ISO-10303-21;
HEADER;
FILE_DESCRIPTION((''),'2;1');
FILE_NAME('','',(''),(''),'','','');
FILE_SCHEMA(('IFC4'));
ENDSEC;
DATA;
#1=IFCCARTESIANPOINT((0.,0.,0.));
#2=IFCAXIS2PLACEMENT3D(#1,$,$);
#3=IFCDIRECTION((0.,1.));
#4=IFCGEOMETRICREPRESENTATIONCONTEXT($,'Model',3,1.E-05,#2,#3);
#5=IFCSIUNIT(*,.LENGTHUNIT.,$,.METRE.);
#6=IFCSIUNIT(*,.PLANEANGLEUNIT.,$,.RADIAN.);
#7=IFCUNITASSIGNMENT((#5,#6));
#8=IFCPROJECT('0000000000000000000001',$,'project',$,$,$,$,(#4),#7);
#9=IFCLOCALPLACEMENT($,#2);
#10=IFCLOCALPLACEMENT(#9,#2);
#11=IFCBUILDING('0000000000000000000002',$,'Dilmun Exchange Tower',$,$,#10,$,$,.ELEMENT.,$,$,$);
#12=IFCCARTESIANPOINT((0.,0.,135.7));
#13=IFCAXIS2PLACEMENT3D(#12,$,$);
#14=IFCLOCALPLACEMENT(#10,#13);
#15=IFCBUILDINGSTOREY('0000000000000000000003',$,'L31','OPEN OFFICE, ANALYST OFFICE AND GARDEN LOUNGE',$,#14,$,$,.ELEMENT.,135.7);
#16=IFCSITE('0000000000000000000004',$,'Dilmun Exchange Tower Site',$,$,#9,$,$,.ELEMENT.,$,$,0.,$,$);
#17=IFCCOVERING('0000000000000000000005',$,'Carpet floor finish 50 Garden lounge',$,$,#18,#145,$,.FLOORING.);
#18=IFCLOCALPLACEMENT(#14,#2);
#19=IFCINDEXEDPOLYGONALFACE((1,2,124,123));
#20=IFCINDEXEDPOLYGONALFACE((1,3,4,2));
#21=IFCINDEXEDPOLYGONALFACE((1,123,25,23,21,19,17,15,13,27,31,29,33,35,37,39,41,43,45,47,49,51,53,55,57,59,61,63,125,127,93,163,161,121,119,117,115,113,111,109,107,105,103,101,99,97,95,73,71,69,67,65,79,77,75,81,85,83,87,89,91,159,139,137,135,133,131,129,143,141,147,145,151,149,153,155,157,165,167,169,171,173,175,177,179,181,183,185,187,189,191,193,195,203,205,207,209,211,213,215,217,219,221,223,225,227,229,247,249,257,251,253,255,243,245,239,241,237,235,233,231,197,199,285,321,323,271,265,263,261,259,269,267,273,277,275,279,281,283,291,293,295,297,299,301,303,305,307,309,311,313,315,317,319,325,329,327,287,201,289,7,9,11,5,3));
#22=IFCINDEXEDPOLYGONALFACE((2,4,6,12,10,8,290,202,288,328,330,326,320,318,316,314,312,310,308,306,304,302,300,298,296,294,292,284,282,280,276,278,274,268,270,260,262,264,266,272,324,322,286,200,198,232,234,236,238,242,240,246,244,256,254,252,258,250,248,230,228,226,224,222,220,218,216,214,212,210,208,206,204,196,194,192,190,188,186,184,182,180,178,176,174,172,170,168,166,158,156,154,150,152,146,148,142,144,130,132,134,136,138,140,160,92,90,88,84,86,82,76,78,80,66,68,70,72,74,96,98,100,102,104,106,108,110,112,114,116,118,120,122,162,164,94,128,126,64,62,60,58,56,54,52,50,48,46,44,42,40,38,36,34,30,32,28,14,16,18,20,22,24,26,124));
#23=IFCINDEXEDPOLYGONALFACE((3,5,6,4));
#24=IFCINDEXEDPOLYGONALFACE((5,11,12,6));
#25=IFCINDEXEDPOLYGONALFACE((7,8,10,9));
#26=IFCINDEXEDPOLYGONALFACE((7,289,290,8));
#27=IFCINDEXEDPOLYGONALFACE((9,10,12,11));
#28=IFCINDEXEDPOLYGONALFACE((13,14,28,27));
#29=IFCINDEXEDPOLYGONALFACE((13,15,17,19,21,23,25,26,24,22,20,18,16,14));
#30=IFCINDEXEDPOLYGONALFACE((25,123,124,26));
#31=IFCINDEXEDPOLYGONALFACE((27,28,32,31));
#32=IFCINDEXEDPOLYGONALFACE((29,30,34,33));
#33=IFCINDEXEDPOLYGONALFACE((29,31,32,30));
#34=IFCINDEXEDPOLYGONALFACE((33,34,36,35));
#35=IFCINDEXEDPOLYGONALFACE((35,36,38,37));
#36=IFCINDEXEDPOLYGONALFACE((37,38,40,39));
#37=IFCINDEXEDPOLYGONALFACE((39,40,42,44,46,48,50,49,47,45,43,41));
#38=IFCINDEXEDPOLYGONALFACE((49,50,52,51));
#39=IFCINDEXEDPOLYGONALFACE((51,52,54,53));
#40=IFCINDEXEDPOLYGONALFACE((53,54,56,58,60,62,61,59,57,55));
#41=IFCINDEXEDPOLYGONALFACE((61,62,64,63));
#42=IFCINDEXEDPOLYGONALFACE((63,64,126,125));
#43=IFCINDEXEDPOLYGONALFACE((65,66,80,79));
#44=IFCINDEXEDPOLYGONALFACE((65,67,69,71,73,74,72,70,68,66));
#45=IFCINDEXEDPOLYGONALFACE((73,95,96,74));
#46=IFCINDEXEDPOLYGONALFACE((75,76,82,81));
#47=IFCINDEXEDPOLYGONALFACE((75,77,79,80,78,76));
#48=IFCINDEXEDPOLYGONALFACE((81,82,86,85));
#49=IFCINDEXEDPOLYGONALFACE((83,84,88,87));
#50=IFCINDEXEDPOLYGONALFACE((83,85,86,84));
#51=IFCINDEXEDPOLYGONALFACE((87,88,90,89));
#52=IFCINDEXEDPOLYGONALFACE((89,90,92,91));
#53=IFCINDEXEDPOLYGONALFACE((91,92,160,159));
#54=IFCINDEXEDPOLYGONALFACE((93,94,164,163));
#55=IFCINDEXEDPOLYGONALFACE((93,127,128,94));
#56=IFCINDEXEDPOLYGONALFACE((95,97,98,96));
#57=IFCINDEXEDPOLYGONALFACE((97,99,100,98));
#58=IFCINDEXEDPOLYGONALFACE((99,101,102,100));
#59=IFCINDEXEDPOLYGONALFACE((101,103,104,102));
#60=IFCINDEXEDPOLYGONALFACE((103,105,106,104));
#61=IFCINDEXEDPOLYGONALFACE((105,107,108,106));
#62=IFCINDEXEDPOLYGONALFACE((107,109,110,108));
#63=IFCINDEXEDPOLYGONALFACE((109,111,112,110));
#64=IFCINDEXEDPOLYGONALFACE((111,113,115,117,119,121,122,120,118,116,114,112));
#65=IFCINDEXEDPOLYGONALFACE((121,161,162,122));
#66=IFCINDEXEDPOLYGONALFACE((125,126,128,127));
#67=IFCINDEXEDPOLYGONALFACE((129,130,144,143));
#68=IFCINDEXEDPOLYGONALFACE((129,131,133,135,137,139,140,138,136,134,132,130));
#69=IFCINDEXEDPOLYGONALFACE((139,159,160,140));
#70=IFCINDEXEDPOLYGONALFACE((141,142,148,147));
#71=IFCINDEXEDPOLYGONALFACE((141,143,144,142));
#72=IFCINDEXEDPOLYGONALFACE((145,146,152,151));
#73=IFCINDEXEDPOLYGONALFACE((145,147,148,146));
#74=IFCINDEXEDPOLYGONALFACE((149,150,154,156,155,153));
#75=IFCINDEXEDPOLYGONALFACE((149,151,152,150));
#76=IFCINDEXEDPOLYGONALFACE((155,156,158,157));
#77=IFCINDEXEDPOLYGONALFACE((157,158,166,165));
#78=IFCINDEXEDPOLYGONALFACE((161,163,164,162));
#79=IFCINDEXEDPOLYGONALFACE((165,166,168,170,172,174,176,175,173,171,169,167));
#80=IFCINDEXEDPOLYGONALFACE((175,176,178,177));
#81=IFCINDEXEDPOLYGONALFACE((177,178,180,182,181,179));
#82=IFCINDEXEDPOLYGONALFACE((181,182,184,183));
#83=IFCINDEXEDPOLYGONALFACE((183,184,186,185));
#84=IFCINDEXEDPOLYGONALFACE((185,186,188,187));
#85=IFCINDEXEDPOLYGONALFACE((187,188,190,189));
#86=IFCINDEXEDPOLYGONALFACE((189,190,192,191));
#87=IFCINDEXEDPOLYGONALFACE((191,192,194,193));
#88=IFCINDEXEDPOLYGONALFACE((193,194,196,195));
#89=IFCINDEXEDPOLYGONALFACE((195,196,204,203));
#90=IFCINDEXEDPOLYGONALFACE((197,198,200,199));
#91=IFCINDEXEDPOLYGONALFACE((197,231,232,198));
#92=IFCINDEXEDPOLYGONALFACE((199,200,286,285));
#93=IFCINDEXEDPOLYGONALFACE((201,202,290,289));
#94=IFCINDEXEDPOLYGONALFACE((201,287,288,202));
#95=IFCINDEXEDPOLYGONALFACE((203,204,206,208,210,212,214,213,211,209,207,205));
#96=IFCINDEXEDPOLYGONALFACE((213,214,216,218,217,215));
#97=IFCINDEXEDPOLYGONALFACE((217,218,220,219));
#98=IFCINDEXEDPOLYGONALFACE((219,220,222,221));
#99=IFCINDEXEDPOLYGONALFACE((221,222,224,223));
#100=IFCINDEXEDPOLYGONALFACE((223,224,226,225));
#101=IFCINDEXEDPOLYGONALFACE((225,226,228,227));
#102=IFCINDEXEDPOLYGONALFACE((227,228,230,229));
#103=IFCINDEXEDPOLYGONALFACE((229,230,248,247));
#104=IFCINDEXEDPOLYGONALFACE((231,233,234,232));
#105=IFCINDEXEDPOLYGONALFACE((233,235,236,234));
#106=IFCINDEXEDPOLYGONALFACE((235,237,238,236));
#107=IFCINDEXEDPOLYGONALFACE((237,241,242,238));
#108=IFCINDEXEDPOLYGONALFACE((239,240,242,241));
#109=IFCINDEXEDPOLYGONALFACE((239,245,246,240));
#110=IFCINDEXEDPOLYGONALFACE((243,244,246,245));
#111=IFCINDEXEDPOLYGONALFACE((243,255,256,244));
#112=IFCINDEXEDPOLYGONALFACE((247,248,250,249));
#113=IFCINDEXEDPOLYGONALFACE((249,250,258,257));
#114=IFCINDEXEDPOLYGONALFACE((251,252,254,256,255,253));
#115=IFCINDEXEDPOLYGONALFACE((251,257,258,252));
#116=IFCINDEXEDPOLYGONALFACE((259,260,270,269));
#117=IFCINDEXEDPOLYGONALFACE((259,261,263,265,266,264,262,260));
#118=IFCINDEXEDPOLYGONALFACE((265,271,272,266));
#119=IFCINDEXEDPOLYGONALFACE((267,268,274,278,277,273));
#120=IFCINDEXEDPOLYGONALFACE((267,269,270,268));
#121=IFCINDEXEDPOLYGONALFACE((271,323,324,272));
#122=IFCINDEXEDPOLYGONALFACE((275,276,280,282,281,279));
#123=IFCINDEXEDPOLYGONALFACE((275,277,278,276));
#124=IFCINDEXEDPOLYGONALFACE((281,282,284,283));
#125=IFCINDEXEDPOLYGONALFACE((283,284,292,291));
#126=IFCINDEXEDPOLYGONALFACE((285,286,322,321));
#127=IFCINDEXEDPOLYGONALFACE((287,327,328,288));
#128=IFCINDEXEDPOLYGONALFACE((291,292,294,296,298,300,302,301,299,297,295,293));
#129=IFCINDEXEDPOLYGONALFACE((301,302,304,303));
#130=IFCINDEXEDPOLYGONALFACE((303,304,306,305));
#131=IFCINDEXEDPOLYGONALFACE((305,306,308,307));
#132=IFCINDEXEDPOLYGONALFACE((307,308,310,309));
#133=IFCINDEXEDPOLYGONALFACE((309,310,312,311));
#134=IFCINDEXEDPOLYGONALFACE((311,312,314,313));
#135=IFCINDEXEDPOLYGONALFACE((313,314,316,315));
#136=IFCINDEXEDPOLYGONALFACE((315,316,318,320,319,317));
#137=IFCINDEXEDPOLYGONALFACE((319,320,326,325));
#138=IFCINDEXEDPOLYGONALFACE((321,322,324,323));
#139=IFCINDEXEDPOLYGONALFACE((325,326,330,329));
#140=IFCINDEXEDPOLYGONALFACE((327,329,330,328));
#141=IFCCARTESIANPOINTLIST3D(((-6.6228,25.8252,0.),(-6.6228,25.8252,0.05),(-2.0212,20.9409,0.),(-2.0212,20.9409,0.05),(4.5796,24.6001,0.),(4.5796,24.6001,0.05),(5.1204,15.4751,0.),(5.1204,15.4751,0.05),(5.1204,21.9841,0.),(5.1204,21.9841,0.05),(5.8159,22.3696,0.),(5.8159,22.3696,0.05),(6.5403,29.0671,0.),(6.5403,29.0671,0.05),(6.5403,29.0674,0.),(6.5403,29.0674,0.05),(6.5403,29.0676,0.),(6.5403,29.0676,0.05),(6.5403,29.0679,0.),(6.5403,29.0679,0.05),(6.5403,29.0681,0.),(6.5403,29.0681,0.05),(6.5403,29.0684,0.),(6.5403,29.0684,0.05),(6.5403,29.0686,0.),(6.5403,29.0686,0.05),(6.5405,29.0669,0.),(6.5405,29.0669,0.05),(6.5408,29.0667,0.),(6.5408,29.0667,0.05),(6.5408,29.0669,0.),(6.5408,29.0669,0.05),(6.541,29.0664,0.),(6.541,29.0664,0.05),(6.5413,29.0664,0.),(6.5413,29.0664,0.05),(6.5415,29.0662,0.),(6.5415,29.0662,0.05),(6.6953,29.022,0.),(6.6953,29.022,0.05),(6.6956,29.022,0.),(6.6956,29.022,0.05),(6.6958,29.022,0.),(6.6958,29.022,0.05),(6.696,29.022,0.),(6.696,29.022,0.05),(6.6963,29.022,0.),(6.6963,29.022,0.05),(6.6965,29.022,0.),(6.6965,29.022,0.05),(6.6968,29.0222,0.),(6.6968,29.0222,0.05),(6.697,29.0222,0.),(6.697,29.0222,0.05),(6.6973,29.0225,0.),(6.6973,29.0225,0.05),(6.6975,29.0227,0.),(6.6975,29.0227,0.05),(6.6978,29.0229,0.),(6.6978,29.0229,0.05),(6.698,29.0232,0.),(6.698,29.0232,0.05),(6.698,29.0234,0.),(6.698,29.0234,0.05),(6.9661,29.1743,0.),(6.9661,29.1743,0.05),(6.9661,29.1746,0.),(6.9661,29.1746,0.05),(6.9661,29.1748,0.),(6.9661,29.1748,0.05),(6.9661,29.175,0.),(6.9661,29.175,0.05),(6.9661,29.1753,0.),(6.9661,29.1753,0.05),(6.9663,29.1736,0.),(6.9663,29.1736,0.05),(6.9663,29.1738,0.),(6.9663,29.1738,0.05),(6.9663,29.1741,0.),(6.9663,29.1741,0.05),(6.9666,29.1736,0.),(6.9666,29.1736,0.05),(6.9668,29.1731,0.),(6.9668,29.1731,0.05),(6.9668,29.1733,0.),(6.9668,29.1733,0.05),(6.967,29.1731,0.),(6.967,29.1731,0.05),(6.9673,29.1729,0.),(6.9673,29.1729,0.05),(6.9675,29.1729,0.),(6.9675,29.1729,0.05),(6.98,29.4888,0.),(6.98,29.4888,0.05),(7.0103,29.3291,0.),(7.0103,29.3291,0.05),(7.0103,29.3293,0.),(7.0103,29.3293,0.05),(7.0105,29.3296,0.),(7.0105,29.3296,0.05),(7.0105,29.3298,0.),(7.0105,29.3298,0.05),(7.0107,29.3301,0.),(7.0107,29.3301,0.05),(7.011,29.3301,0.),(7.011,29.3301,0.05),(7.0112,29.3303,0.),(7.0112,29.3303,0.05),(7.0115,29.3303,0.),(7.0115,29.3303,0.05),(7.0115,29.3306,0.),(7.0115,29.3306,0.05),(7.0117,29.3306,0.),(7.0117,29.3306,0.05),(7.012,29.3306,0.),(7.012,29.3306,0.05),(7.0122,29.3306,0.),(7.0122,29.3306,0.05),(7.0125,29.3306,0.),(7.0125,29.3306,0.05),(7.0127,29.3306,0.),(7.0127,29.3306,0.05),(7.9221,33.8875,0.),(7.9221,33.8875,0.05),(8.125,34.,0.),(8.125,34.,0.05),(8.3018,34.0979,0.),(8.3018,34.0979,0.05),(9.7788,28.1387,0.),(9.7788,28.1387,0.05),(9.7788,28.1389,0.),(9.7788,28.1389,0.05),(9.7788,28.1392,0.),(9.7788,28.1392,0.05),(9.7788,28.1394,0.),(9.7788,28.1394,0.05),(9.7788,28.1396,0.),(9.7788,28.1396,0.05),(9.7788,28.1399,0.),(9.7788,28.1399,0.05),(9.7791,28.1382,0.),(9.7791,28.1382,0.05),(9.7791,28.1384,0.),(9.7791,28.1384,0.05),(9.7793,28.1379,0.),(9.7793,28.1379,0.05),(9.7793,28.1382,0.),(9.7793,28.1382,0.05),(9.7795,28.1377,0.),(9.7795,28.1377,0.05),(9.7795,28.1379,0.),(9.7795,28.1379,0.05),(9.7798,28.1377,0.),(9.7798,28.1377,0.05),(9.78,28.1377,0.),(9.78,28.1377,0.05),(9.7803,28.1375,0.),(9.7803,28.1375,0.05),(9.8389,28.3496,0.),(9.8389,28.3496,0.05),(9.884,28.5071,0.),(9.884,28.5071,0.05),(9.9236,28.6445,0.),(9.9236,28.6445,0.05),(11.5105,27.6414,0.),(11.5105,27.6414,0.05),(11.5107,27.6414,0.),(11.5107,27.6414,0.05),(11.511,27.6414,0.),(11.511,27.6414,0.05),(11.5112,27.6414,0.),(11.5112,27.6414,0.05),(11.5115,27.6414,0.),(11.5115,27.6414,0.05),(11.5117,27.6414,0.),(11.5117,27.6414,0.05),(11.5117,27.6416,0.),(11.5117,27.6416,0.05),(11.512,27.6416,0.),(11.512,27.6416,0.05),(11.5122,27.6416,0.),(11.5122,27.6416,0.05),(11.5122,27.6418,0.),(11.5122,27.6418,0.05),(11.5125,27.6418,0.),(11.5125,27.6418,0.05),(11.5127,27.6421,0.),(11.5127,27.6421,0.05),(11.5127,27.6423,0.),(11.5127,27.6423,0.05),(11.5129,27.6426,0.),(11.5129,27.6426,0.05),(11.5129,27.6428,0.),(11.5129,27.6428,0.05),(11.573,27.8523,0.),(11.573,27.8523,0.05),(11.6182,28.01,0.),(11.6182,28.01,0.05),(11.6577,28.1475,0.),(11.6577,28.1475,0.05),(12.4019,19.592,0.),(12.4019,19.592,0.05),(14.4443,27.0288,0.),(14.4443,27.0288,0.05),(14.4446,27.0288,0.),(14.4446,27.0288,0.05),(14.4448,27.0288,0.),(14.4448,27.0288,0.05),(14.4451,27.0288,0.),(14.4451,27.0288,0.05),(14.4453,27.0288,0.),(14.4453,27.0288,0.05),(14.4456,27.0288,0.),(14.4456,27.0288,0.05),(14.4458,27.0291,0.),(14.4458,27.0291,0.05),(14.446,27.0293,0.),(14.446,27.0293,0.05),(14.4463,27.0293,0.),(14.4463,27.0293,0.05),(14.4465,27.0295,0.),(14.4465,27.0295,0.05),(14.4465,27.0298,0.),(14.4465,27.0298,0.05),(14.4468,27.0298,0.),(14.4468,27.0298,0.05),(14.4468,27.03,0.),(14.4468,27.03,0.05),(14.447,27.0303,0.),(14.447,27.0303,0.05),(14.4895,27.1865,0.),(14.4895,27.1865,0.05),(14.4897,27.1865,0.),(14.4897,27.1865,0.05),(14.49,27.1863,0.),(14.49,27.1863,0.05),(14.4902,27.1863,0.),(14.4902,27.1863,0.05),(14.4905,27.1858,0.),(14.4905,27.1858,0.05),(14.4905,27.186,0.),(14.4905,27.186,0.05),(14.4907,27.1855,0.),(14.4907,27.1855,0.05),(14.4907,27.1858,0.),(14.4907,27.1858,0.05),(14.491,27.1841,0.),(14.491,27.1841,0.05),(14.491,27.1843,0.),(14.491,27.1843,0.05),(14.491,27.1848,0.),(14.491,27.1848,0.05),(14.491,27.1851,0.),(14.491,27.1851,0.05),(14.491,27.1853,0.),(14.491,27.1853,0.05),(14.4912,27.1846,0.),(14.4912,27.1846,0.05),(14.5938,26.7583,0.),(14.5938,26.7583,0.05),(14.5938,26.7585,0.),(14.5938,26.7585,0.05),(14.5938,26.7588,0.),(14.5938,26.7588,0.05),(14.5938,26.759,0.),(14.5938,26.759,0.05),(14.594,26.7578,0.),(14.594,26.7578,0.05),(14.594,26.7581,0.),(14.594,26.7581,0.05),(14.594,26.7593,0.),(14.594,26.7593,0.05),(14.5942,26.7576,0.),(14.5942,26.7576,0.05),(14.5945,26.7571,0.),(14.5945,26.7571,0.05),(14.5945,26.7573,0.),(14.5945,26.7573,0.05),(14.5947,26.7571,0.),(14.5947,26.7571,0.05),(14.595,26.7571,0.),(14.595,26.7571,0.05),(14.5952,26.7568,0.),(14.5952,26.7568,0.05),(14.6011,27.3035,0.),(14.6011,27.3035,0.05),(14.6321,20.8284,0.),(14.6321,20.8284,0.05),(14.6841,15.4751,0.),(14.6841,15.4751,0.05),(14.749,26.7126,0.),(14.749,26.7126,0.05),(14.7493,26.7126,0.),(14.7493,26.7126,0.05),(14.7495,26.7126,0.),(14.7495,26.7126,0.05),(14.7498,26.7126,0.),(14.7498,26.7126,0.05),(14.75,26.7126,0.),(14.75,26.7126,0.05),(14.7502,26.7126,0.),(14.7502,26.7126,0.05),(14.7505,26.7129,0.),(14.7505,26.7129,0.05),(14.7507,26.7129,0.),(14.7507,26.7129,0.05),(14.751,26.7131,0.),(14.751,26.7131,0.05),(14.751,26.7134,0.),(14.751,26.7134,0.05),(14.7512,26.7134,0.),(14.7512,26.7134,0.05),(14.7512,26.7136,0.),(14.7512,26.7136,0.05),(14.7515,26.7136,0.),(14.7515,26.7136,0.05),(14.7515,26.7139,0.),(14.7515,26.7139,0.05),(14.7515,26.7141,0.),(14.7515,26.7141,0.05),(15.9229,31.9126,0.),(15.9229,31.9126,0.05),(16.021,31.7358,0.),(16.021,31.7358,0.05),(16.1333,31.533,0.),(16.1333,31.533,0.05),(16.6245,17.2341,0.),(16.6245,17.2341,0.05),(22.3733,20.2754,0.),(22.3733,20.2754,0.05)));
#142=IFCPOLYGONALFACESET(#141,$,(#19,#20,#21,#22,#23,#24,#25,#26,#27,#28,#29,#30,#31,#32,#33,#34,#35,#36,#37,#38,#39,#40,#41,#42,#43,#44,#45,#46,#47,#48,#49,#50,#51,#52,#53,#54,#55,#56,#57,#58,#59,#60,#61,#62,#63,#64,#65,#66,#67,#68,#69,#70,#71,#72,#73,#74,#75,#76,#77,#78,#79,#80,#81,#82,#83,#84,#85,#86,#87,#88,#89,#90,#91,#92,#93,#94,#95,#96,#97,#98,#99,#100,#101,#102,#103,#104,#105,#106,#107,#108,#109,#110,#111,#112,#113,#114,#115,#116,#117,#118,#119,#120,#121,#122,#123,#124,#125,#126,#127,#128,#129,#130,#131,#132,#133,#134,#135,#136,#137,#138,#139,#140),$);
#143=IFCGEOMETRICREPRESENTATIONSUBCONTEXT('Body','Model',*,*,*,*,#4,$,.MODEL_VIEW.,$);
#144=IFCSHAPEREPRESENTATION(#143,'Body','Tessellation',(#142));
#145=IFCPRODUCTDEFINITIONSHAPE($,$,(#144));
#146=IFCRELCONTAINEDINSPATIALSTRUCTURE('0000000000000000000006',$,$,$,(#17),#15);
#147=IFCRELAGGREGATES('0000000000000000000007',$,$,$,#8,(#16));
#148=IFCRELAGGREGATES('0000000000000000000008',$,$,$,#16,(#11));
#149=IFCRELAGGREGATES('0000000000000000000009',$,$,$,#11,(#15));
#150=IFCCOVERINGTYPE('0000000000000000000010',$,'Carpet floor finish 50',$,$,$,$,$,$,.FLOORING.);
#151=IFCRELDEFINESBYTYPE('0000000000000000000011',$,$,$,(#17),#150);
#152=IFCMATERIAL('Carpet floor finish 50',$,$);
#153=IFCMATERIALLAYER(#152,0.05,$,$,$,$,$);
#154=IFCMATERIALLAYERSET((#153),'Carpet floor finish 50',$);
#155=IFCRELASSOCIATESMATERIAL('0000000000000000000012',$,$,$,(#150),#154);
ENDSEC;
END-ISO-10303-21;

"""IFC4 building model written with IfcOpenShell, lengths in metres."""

from ifc_helpers import new_model, si_unit, direction, frame, origin, place, context, subcontext, project, spatial, polyline, outline, extrude, material, layer, layer_set, type_object, element, save


model = new_model("IFC4")

# Units and contexts
model_context = context("Model", 3, precision=1e-05, world=origin(), true_north=direction((0.0, 1.0)))
body_context = subcontext(model_context, "Body", "Model", "MODEL_VIEW")
ifc_project = project(units=[si_unit("LENGTHUNIT", "METRE"), si_unit("PLANEANGLEUNIT", "RADIAN")], contexts=[model_context])

# Site, building, storey
site_placement = place(None, origin())
site = spatial("IfcSite", under=ifc_project, at=site_placement, Name="Dilmun Exchange Tower Site", CompositionType="ELEMENT", RefElevation=0.0)
building_placement = place(site_placement, origin())
building = spatial("IfcBuilding", under=site, at=building_placement, Name="Dilmun Exchange Tower", CompositionType="ELEMENT")
storey_placement = place(building_placement, frame((0.0, 0.0, 135.7)))
storey = spatial("IfcBuildingStorey", under=building, at=storey_placement, Name="L31", Description="OPEN OFFICE, ANALYST OFFICE AND GARDEN LOUNGE", CompositionType="ELEMENT", Elevation=135.7)

# Covering
ifc_material_1 = material(Name="Carpet floor finish 50")
ifc_layer_1 = layer(ifc_material_1, 0.05)
ifc_layer_set_1 = layer_set([ifc_layer_1], Name="Carpet floor finish 50")
covering_type_1 = type_object("IfcCoveringType", Name="Carpet floor finish 50", PredefinedType="FLOORING", material=ifc_layer_set_1)
covering_1_placement = place(storey_placement, origin())
element("IfcCovering", 1, at=covering_1_placement, inside=storey, type_object=covering_type_1, Name="Carpet floor finish 50 Garden lounge", PredefinedType="FLOORING", context=body_context, shape_type="SweptSolid", body=[
    extrude(outline(polyline([(14.6321, 20.8284), (12.4019, 19.592), (14.6841, 15.4751), (5.1204, 15.4751), (5.1204, 21.9841), (5.8159, 22.3696), (4.5796, 24.6001), (-2.0212, 20.9409), (-6.6228, 25.8252), (7.9221, 33.8875), (6.5403, 29.0686), (6.5403, 29.0684), (6.5403, 29.0681), (6.5403, 29.0681), (6.5403, 29.0679), (6.5403, 29.0676), (6.5403, 29.0674), (6.5403, 29.0674), (6.5403, 29.0671), (6.5405, 29.0669), (6.5408, 29.0669), (6.5408, 29.0667), (6.541, 29.0664), (6.541, 29.0664), (6.5413, 29.0664), (6.5415, 29.0662), (6.5415, 29.0662), (6.6953, 29.022), (6.6956, 29.022), (6.6958, 29.022), (6.696, 29.022), (6.6963, 29.022), (6.6963, 29.022), (6.6965, 29.022), (6.6968, 29.0222), (6.697, 29.0222), (6.697, 29.0222), (6.6973, 29.0225), (6.6975, 29.0227), (6.6975, 29.0227), (6.6978, 29.0229), (6.6978, 29.0229), (6.698, 29.0232), (6.698, 29.0234), (8.125, 34.0), (8.3018, 34.0979), (6.98, 29.4888), (9.9236, 28.6445), (9.884, 28.5071), (7.0127, 29.3306), (7.0125, 29.3306), (7.0122, 29.3306), (7.0122, 29.3306), (7.012, 29.3306), (7.0117, 29.3306), (7.0115, 29.3306), (7.0115, 29.3303), (7.0112, 29.3303), (7.011, 29.3301), (7.011, 29.3301), (7.0107, 29.3301), (7.0105, 29.3298), (7.0105, 29.3296), (7.0105, 29.3296), (7.0103, 29.3293), (7.0103, 29.3291), (6.9661, 29.1753), (6.9661, 29.1753), (6.9661, 29.175), (6.9661, 29.1748), (6.9661, 29.1746), (6.9661, 29.1743), (6.9661, 29.1743), (6.9663, 29.1741), (6.9663, 29.1738), (6.9663, 29.1736), (6.9666, 29.1736), (6.9668, 29.1733), (6.9668, 29.1731), (6.967, 29.1731), (6.967, 29.1731), (6.9673, 29.1729), (6.9675, 29.1729), (9.8389, 28.3496), (9.7788, 28.1399), (9.7788, 28.1399), (9.7788, 28.1396), (9.7788, 28.1394), (9.7788, 28.1392), (9.7788, 28.1389), (9.7788, 28.1389), (9.7788, 28.1387), (9.7791, 28.1384), (9.7791, 28.1382), (9.7793, 28.1382), (9.7793, 28.1379), (9.7795, 28.1379), (9.7795, 28.1377), (9.7798, 28.1377), (9.78, 28.1377), (9.7803, 28.1375), (11.5105, 27.6414), (11.5107, 27.6414), (11.511, 27.6414), (11.511, 27.6414), (11.5112, 27.6414), (11.5115, 27.6414), (11.5117, 27.6414), (11.5117, 27.6416), (11.512, 27.6416), (11.5122, 27.6416), (11.5122, 27.6418), (11.5125, 27.6418), (11.5127, 27.6421), (11.5127, 27.6421), (11.5127, 27.6423), (11.5129, 27.6426), (11.5129, 27.6428), (11.573, 27.8523), (14.4443, 27.0288), (14.4446, 27.0288), (14.4448, 27.0288), (14.4451, 27.0288), (14.4453, 27.0288), (14.4453, 27.0288), (14.4456, 27.0288), (14.4458, 27.0291), (14.4458, 27.0291), (14.446, 27.0293), (14.4463, 27.0293), (14.4463, 27.0293), (14.4465, 27.0295), (14.4465, 27.0298), (14.4468, 27.0298), (14.4468, 27.03), (14.447, 27.0303), (14.491, 27.1841), (14.491, 27.1841), (14.491, 27.1843), (14.4912, 27.1846), (14.491, 27.1848), (14.491, 27.1851), (14.491, 27.1853), (14.491, 27.1853), (14.4907, 27.1855), (14.4907, 27.1858), (14.4905, 27.1858), (14.4905, 27.186), (14.4902, 27.1863), (14.49, 27.1863), (14.49, 27.1863), (14.4897, 27.1865), (14.4895, 27.1865), (11.6182, 28.01), (11.6577, 28.1475), (14.6011, 27.3035), (15.9229, 31.9126), (16.021, 31.7358), (14.594, 26.7593), (14.5938, 26.759), (14.5938, 26.7588), (14.5938, 26.7588), (14.5938, 26.7585), (14.5938, 26.7583), (14.594, 26.7581), (14.594, 26.7581), (14.594, 26.7578), (14.5942, 26.7576), (14.5942, 26.7576), (14.5945, 26.7573), (14.5945, 26.7571), (14.5947, 26.7571), (14.595, 26.7571), (14.5952, 26.7568), (14.5952, 26.7568), (14.749, 26.7126), (14.7493, 26.7126), (14.7495, 26.7126), (14.7495, 26.7126), (14.7498, 26.7126), (14.75, 26.7126), (14.7502, 26.7126), (14.7505, 26.7129), (14.7505, 26.7129), (14.7507, 26.7129), (14.751, 26.7131), (14.751, 26.7134), (14.7512, 26.7134), (14.7512, 26.7136), (14.7515, 26.7136), (14.7515, 26.7139), (14.7515, 26.7141), (16.1333, 31.533), (22.3733, 20.2754), (16.6245, 17.2341), (14.6321, 20.8284)])), origin(), (0.0, 0.0, 1.0), 0.05),
])

save(model, "model.ifc")
